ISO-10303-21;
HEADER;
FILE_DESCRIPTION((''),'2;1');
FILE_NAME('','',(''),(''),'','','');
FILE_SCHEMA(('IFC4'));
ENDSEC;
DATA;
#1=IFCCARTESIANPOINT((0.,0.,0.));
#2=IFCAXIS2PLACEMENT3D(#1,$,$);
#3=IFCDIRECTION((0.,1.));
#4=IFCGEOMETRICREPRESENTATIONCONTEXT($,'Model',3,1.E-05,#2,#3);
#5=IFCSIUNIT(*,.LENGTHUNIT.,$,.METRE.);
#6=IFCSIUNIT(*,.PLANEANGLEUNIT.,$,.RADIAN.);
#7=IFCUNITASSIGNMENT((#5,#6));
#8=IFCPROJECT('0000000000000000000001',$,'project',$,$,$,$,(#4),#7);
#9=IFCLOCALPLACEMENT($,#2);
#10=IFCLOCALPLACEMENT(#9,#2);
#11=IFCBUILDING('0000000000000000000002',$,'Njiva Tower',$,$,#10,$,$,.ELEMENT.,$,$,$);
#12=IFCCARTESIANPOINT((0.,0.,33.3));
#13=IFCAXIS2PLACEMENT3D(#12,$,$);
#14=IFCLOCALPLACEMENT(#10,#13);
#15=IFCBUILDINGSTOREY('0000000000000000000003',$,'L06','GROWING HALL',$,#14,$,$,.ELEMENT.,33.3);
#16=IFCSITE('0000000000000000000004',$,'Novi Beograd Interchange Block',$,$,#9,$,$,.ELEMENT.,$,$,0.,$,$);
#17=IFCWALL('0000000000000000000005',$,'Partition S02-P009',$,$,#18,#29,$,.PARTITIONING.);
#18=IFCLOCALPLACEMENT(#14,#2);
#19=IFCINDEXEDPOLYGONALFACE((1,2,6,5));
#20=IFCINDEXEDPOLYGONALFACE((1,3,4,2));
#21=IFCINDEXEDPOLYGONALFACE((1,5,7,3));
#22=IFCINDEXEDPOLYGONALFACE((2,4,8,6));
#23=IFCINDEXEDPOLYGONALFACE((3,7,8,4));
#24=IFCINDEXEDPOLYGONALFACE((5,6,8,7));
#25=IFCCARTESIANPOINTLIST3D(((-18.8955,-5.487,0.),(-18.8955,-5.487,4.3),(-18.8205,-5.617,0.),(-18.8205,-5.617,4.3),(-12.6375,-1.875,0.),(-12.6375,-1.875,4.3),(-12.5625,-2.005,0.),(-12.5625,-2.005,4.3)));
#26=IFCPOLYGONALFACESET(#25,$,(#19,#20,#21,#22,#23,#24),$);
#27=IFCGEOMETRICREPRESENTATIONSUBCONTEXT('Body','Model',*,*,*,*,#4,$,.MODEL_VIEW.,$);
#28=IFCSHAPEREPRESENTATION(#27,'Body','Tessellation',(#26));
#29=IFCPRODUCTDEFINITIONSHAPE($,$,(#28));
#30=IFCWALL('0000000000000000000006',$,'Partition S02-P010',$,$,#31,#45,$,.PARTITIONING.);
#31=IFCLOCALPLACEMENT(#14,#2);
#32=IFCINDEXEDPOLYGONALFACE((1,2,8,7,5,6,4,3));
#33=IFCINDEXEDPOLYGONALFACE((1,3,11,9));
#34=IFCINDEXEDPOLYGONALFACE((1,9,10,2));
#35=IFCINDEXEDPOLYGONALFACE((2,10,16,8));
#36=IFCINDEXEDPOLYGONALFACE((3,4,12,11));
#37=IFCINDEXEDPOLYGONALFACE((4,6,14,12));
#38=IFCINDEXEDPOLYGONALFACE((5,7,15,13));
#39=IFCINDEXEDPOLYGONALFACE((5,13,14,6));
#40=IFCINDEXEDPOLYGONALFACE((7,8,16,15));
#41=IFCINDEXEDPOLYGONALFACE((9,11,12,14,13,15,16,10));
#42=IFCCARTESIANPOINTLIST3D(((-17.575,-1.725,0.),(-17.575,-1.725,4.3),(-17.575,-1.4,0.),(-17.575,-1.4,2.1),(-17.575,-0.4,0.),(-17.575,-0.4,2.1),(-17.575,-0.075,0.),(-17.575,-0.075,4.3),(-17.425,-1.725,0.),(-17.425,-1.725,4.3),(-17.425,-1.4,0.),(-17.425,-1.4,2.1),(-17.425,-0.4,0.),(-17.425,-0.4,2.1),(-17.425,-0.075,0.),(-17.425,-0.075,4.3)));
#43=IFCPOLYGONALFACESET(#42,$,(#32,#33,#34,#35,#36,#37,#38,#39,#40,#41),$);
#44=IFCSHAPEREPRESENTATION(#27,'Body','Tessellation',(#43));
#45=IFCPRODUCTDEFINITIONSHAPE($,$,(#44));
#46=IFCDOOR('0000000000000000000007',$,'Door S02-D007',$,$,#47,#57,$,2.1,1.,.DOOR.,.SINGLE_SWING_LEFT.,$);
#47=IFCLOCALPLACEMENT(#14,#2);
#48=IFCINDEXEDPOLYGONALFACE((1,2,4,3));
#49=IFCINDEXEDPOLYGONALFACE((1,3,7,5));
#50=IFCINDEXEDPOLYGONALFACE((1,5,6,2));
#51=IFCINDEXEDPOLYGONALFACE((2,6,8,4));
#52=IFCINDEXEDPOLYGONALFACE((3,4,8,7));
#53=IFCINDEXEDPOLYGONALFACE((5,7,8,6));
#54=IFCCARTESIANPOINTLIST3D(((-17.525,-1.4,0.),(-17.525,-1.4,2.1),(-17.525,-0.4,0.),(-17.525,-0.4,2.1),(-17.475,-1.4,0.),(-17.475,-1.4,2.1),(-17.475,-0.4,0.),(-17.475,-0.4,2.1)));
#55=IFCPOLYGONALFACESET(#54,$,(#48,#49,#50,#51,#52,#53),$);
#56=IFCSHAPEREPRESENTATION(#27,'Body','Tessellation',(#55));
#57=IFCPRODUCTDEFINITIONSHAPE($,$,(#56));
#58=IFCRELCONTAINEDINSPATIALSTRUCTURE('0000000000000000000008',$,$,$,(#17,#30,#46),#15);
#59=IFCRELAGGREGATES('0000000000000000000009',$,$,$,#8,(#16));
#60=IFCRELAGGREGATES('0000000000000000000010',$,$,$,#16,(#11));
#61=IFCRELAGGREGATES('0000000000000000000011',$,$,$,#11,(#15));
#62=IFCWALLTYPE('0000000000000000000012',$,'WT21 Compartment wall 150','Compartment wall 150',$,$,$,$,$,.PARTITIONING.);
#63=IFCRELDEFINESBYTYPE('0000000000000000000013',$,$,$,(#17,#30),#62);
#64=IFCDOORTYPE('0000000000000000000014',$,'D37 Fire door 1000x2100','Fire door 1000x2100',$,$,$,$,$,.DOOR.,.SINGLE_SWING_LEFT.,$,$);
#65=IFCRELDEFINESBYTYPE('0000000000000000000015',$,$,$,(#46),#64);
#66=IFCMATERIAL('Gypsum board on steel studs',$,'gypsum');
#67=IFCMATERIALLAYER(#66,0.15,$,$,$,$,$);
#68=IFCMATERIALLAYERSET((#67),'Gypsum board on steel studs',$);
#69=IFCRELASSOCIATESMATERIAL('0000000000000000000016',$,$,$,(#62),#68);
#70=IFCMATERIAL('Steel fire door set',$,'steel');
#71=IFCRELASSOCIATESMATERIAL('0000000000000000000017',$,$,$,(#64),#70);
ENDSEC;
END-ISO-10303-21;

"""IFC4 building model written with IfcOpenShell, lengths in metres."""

from ifc_helpers import new_model, si_unit, direction, frame, frame_2d, origin, place, context, subcontext, project, spatial, rectangle, extrude, material, layer, layer_set, type_object, element, fill, save


model = new_model("IFC4")

# Units and contexts
model_context = context("Model", 3, precision=1e-05, world=origin(), true_north=direction((0.0, 1.0)))
body_context = subcontext(model_context, "Body", "Model", "MODEL_VIEW")
ifc_project = project(units=[si_unit("LENGTHUNIT", "METRE"), si_unit("PLANEANGLEUNIT", "RADIAN")], contexts=[model_context])

# Site, building, storey
site_placement = place(None, origin())
site = spatial("IfcSite", under=ifc_project, at=site_placement, Name="Novi Beograd Interchange Block", CompositionType="ELEMENT", RefElevation=0.0)
building_placement = place(site_placement, origin())
building = spatial("IfcBuilding", under=site, at=building_placement, Name="Njiva Tower", CompositionType="ELEMENT")
storey_placement = place(building_placement, frame((0.0, 0.0, 33.3)))
storey = spatial("IfcBuildingStorey", under=building, at=storey_placement, Name="L06", Description="GROWING HALL", CompositionType="ELEMENT", Elevation=33.3)

# Shared definitions
ifc_material_1 = material(Name="Gypsum board on steel studs", Category="gypsum")
ifc_layer = layer(ifc_material_1, 0.15)
ifc_layer_set = layer_set([ifc_layer], Name="Gypsum board on steel studs")
wall_type = type_object("IfcWallType", Name="WT21 Compartment wall 150", Description="Compartment wall 150", PredefinedType="PARTITIONING", material=ifc_layer_set)

# Shared definitions
ifc_material_2 = material(Name="Steel fire door set", Category="steel")
door_type = type_object("IfcDoorType", Name="D37 Fire door 1000x2100", Description="Fire door 1000x2100", OperationType="SINGLE_SWING_LEFT", PredefinedType="DOOR", material=ifc_material_2)

# Wall
wall_1_placement = place(storey_placement, frame((-18.858, -5.552, 0.0), z_axis=(0.0, 0.0, 1.0), x_axis=(0.866089, 0.49989, 0.0)))
element("IfcWall", 1, at=wall_1_placement, inside=storey, type_object=wall_type, Name="Partition S02-P009", PredefinedType="PARTITIONING", context=body_context, shape_type="SweptSolid", body=[
    extrude(rectangle(XDim=7.2256, YDim=0.15, at=frame_2d((3.6128, 0.0))), origin(), (0.0, 0.0, 1.0), 4.3),
])

# Wall, opening, door
wall_2_placement = place(storey_placement, frame((-17.5, -1.725, 0.0), z_axis=(0.0, 0.0, 1.0), x_axis=(0.0, 1.0, 0.0)))
wall_2 = element("IfcWall", 2, at=wall_2_placement, inside=storey, type_object=wall_type, Name="Partition S02-P010", PredefinedType="PARTITIONING", context=body_context, shape_type="SweptSolid", body=[
    extrude(rectangle(XDim=1.65, YDim=0.15, at=frame_2d((0.825, 0.0))), origin(), (0.0, 0.0, 1.0), 4.3),
])
opening_1_placement = place(wall_2_placement, frame((0.325, 0.0, 0.0)))
opening_1 = element("IfcOpeningElement", 3, at=opening_1_placement, cuts=wall_2, PredefinedType="OPENING", context=body_context, shape_type="SweptSolid", body=[
    extrude(rectangle(XDim=1.0, YDim=2.1, at=frame_2d((0.5, 1.05))), frame((0.0, 0.085, 0.0), z_axis=(0.0, -1.0, 0.0), x_axis=(1.0, 0.0, 0.0)), (0.0, 0.0, 1.0), 0.17),
])
door_1_placement = place(opening_1_placement, origin())
door_1 = element("IfcDoor", 4, at=door_1_placement, inside=storey, type_object=door_type, Name="Door S02-D007", OperationType="SINGLE_SWING_LEFT", OverallHeight=2.1, OverallWidth=1.0, PredefinedType="DOOR", context=body_context, shape_type="SweptSolid", body=[
    extrude(rectangle(XDim=1.0, YDim=2.1, at=frame_2d((0.5, 1.05))), frame((0.0, 0.025, 0.0), z_axis=(0.0, -1.0, 0.0), x_axis=(1.0, 0.0, 0.0)), (0.0, 0.0, 1.0), 0.05),
])
fill(opening_1, door_1)

save(model, "model.ifc")
